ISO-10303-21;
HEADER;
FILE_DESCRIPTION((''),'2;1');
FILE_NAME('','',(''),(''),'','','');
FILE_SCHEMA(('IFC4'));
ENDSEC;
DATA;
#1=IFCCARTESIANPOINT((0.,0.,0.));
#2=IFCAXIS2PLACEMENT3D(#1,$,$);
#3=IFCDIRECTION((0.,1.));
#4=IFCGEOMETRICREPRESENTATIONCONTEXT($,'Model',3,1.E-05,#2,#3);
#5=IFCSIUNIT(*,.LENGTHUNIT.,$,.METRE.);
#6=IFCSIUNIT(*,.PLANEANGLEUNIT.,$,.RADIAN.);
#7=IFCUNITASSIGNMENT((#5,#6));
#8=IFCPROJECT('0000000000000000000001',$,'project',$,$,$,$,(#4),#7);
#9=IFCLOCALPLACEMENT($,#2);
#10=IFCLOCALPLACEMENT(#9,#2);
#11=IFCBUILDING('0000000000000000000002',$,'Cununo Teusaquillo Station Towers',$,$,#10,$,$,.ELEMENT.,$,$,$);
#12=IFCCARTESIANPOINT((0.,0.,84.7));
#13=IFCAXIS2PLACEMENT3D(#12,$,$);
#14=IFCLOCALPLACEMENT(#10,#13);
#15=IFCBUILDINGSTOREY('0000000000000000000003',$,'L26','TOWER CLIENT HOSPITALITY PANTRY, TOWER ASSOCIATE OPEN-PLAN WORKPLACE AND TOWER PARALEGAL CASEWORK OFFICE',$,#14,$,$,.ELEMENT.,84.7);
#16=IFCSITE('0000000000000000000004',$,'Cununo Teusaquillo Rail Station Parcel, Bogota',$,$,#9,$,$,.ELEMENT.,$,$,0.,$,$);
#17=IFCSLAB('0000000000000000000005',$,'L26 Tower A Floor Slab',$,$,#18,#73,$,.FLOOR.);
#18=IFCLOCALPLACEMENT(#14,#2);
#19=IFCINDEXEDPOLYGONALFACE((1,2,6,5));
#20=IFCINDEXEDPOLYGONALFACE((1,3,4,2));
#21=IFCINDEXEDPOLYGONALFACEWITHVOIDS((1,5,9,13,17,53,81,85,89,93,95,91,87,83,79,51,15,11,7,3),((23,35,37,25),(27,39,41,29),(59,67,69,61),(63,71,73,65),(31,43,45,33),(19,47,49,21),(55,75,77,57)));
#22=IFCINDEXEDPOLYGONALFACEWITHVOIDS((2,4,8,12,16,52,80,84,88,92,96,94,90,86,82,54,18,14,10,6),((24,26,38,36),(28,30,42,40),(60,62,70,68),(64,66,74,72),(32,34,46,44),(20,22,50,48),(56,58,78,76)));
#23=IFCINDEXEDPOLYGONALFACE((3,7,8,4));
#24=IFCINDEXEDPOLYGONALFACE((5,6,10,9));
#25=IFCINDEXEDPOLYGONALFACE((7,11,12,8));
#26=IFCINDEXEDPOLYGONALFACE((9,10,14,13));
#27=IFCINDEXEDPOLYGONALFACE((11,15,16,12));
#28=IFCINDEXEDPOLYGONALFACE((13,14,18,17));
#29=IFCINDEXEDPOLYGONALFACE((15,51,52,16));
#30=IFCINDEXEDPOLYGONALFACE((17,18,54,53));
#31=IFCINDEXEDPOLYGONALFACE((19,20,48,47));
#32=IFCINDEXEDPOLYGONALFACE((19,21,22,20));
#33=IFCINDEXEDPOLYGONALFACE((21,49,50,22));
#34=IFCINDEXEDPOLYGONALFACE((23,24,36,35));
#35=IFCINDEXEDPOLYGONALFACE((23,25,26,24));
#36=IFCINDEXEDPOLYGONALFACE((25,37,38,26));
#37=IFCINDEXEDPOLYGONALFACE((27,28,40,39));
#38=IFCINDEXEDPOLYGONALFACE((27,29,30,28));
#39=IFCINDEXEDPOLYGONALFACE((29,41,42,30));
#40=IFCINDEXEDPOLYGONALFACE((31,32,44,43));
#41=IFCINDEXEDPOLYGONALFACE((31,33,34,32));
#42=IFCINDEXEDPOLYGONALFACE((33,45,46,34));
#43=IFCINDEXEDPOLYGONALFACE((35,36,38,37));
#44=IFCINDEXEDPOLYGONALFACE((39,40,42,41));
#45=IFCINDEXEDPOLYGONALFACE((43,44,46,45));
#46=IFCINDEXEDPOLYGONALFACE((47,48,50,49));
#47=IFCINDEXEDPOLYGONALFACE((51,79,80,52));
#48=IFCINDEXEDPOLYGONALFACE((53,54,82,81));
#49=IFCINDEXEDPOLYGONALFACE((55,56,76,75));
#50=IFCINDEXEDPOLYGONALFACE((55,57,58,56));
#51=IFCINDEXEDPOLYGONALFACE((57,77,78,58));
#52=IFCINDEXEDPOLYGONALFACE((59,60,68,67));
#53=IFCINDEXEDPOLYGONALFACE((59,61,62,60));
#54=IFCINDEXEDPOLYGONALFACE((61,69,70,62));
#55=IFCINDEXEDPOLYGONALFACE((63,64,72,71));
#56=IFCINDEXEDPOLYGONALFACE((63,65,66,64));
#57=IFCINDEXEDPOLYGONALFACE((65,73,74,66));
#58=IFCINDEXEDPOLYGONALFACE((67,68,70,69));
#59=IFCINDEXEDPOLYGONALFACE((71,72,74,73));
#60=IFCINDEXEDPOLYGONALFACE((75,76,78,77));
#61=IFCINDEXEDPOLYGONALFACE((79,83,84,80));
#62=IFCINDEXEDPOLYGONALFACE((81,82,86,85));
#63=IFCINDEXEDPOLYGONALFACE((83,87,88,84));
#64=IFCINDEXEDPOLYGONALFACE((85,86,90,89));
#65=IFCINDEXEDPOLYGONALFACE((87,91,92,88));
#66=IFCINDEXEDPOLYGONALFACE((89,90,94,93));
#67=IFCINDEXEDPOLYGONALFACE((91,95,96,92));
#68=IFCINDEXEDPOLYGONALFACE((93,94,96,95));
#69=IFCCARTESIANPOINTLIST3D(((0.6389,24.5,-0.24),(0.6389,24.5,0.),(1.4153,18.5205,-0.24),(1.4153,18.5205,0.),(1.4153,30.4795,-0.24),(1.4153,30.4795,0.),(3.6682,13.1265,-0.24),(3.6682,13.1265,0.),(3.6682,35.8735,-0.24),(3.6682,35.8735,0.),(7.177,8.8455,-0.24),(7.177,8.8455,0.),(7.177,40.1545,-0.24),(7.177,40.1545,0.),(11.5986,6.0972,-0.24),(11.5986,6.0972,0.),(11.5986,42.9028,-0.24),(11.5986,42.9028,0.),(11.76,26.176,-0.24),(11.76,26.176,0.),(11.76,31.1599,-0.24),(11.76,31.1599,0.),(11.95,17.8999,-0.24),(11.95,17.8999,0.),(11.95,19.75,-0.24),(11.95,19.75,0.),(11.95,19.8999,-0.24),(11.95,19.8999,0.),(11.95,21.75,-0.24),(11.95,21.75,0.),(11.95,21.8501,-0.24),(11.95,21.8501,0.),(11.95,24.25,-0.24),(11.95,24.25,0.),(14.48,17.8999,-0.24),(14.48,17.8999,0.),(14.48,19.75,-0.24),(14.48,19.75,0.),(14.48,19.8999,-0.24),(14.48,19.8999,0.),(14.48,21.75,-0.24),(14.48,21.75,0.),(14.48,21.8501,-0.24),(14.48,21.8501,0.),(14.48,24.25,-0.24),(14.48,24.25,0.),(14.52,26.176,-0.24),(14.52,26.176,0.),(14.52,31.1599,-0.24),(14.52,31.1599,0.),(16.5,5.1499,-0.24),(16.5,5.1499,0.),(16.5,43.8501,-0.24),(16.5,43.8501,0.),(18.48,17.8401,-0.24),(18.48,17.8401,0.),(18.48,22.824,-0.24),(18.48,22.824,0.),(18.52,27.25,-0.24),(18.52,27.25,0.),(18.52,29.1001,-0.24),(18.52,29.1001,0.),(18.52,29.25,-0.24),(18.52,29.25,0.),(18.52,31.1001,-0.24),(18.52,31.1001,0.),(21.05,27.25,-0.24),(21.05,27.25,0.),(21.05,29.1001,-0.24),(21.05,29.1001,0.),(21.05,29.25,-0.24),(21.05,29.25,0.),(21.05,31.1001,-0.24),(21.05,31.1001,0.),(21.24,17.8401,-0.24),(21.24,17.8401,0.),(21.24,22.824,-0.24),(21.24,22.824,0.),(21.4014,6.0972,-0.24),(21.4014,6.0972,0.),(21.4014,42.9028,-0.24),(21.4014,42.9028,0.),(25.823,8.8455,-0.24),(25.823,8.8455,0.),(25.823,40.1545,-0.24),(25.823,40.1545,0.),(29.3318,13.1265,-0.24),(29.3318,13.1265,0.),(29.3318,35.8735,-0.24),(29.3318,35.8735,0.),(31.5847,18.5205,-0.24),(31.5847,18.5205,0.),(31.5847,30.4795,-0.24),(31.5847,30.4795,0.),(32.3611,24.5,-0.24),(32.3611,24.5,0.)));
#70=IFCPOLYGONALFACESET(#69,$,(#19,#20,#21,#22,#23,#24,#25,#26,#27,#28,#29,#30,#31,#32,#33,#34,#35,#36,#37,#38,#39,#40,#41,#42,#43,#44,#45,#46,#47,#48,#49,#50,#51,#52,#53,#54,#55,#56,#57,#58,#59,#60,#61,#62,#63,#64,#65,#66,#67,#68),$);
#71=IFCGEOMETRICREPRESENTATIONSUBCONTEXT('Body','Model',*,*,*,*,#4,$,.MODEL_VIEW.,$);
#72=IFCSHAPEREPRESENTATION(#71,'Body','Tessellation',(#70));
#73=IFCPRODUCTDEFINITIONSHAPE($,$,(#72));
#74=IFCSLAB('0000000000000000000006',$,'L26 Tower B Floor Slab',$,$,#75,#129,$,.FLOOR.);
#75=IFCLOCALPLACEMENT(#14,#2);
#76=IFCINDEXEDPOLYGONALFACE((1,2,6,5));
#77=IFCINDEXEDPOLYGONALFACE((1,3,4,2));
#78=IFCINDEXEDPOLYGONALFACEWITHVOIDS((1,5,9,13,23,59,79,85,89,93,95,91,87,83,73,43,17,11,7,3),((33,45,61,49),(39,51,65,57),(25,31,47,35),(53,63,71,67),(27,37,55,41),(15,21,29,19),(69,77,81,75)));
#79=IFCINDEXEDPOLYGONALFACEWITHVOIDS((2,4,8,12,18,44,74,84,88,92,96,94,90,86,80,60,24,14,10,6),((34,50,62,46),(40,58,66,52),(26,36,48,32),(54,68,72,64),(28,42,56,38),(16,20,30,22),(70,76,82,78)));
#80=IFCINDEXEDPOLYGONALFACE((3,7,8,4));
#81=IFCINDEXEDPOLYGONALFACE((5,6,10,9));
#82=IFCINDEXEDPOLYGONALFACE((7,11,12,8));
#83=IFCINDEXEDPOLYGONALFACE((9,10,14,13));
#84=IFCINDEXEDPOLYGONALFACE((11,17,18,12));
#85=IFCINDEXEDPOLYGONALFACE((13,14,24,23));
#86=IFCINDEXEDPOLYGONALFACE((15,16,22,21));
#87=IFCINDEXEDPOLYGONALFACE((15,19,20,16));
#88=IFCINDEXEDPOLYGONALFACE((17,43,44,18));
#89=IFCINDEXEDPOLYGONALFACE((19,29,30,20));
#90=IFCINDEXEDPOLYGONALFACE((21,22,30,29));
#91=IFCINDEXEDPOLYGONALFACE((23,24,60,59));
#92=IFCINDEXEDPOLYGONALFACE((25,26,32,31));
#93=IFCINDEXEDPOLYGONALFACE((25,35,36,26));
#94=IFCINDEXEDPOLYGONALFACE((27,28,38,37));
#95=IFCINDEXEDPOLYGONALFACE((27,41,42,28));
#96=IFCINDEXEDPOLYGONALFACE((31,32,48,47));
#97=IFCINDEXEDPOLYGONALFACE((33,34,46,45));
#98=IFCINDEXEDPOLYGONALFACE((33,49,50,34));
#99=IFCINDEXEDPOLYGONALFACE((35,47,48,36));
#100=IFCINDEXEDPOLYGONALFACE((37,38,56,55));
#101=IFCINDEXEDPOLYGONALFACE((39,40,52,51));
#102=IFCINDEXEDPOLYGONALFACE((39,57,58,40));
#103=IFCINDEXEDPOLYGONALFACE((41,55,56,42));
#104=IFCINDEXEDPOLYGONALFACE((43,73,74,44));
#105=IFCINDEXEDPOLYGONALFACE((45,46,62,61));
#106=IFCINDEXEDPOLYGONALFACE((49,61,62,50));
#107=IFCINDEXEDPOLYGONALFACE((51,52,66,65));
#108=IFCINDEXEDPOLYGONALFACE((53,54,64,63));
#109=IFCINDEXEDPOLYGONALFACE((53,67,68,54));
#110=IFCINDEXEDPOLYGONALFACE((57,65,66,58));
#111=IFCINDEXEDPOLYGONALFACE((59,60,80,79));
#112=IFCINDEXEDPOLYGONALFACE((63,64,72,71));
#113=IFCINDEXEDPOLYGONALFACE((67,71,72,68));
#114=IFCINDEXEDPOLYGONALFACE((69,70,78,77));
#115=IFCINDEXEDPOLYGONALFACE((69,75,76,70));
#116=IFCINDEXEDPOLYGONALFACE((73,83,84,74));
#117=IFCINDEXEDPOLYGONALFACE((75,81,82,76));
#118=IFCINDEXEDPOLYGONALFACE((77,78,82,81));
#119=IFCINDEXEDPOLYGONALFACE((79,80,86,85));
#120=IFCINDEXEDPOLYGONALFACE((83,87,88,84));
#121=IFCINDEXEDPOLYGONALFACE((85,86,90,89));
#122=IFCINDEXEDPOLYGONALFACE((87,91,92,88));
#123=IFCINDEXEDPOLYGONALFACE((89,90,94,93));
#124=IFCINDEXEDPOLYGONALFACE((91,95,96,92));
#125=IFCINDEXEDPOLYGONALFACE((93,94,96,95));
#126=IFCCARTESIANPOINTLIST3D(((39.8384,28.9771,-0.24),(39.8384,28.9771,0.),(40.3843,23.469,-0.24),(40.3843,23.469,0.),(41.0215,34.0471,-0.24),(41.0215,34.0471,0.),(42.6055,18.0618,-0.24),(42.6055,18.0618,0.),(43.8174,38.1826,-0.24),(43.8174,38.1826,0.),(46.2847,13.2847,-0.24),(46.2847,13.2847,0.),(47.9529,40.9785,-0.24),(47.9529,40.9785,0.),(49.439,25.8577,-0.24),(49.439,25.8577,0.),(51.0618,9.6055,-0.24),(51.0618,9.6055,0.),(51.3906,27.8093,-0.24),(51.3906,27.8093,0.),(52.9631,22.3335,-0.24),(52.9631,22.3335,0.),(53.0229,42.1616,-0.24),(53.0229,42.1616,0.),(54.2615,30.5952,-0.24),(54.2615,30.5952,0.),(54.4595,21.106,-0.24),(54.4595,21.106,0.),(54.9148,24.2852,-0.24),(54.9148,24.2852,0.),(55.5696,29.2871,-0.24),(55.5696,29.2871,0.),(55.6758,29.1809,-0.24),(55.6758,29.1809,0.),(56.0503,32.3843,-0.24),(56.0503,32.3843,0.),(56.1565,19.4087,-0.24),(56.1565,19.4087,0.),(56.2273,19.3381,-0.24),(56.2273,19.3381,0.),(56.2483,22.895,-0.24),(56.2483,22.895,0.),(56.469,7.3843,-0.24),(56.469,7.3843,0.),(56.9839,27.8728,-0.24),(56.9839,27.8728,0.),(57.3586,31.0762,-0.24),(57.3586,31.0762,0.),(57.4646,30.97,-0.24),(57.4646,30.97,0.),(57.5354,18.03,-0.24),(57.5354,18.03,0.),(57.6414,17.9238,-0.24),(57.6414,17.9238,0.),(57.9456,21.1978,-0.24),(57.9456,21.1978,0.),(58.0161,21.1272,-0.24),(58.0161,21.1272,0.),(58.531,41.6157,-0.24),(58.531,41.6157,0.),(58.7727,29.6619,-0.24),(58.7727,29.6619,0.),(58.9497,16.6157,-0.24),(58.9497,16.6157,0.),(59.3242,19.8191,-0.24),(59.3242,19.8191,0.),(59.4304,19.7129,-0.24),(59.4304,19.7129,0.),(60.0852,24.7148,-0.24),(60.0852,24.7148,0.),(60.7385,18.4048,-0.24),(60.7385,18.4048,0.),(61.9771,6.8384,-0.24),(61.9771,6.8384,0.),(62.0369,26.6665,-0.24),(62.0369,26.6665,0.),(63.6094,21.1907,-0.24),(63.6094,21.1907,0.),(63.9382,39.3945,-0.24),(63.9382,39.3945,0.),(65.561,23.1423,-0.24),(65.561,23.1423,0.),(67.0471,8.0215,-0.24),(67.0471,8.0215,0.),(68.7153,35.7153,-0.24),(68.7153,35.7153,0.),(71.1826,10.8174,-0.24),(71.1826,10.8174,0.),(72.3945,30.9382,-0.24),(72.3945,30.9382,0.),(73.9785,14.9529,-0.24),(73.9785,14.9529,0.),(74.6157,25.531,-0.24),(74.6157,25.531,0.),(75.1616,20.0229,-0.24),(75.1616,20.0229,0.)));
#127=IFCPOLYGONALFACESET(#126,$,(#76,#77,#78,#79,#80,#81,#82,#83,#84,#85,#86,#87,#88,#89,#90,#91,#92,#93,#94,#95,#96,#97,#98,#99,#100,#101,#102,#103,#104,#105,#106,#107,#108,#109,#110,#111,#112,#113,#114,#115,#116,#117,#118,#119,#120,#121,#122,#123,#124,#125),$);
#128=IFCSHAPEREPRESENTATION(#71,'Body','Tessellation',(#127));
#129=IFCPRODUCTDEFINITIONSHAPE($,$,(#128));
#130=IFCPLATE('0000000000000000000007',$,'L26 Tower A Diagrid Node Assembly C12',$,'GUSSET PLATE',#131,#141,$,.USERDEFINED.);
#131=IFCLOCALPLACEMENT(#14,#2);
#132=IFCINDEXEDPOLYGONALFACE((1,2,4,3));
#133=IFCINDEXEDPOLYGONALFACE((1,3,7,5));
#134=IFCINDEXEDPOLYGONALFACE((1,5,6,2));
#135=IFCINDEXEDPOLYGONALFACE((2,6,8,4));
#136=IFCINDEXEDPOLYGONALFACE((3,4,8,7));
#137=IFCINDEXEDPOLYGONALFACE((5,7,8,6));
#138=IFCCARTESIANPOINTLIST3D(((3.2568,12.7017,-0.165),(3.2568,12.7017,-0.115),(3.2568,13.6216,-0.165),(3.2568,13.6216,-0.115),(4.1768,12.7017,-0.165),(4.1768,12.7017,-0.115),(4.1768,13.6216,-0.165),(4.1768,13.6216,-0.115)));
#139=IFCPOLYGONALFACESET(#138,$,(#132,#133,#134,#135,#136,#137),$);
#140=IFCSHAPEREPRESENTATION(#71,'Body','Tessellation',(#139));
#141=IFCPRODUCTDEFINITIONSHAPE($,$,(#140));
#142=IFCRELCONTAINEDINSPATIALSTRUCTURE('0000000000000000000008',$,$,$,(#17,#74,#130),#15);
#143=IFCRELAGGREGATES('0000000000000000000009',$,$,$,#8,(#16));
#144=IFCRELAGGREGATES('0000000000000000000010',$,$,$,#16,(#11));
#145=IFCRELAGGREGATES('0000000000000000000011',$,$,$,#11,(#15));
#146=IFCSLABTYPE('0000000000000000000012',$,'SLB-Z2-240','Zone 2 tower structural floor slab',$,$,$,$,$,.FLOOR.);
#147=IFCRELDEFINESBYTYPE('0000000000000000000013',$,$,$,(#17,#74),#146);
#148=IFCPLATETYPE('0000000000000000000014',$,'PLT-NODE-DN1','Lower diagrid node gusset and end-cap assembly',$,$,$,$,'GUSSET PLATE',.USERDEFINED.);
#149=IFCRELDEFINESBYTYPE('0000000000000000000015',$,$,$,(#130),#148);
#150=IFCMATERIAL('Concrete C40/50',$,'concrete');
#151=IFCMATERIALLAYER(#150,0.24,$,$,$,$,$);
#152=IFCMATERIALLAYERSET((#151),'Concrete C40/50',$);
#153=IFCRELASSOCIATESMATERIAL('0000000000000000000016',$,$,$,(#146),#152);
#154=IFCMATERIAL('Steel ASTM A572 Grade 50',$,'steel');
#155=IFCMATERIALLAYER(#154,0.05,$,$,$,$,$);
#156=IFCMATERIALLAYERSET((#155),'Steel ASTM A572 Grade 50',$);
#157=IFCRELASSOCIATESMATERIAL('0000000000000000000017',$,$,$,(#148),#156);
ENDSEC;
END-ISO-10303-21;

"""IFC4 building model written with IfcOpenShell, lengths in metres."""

from ifc_helpers import new_model, si_unit, direction, frame, origin, origin_2d, place, context, subcontext, project, spatial, polyline, rectangle, outline, extrude, source, transform, mapped, material, layer, layer_set, type_object, element, save


model = new_model("IFC4")

# Units and contexts
model_context = context("Model", 3, precision=1e-05, world=origin(), true_north=direction((0.0, 1.0)))
body_context = subcontext(model_context, "Body", "Model", "MODEL_VIEW")
ifc_project = project(units=[si_unit("LENGTHUNIT", "METRE"), si_unit("PLANEANGLEUNIT", "RADIAN")], contexts=[model_context])

# Site, building, storey
site_placement = place(None, origin())
site = spatial("IfcSite", under=ifc_project, at=site_placement, Name="Cununo Teusaquillo Rail Station Parcel, Bogota", CompositionType="ELEMENT", RefElevation=0.0)
building_placement = place(site_placement, origin())
building = spatial("IfcBuilding", under=site, at=building_placement, Name="Cununo Teusaquillo Station Towers", CompositionType="ELEMENT")
storey_placement = place(building_placement, frame((0.0, 0.0, 84.7)))
storey = spatial("IfcBuildingStorey", under=building, at=storey_placement, Name="L26", Description="TOWER CLIENT HOSPITALITY PANTRY, TOWER ASSOCIATE OPEN-PLAN WORKPLACE AND TOWER PARALEGAL CASEWORK OFFICE", CompositionType="ELEMENT", Elevation=84.7)

# Slabs
ifc_material_1 = material(Name="Concrete C40/50", Category="concrete")
ifc_layer_1 = layer(ifc_material_1, 0.24)
ifc_layer_set_1 = layer_set([ifc_layer_1], Name="Concrete C40/50")
slab_type_1 = type_object("IfcSlabType", Name="SLB-Z2-240", Description="Zone 2 tower structural floor slab", PredefinedType="FLOOR", material=ifc_layer_set_1)
slab_1_placement = place(storey_placement, frame((0.0, 0.0, -0.24)))
element("IfcSlab", 1, at=slab_1_placement, inside=storey, type_object=slab_type_1, Name="L26 Tower A Floor Slab", PredefinedType="FLOOR", context=body_context, shape_type="SweptSolid", body=[
    extrude(outline(polyline([(32.3611, 24.5), (31.5847, 30.4795), (29.3318, 35.8735), (25.823, 40.1545), (21.4014, 42.9028), (16.5, 43.8501), (11.5986, 42.9028), (7.177, 40.1545), (3.6682, 35.8735), (1.4153, 30.4795), (0.6389, 24.5), (1.4153, 18.5205), (3.6682, 13.1265), (7.177, 8.8455), (11.5986, 6.0972), (16.5, 5.1499), (21.4014, 6.0972), (25.823, 8.8455), (29.3318, 13.1265), (31.5847, 18.5205), (32.3611, 24.5)]), holes=[polyline([(14.52, 26.176), (14.52, 31.1599), (11.76, 31.1599), (11.76, 26.176), (14.52, 26.176)]), polyline([(18.48, 22.824), (18.48, 17.8401), (21.24, 17.8401), (21.24, 22.824), (18.48, 22.824)]), polyline([(11.95, 21.8501), (14.48, 21.8501), (14.48, 24.25), (11.95, 24.25), (11.95, 21.8501)]), polyline([(11.95, 17.8999), (14.48, 17.8999), (14.48, 19.75), (11.95, 19.75), (11.95, 17.8999)]), polyline([(11.95, 19.8999), (14.48, 19.8999), (14.48, 21.75), (11.95, 21.75), (11.95, 19.8999)]), polyline([(18.52, 27.25), (21.05, 27.25), (21.05, 29.1001), (18.52, 29.1001), (18.52, 27.25)]), polyline([(18.52, 29.25), (21.05, 29.25), (21.05, 31.1001), (18.52, 31.1001), (18.52, 29.25)])]), origin(), (0.0, 0.0, 1.0), 0.24),
])
slab_2_placement = place(storey_placement, frame((0.0, 0.0, -0.24)))
element("IfcSlab", 2, at=slab_2_placement, inside=storey, type_object=slab_type_1, Name="L26 Tower B Floor Slab", PredefinedType="FLOOR", context=body_context, shape_type="SweptSolid", body=[
    extrude(outline(polyline([(68.7153, 35.7153), (63.9382, 39.3945), (58.531, 41.6157), (53.0229, 42.1616), (47.9529, 40.9785), (43.8174, 38.1826), (41.0215, 34.0471), (39.8384, 28.9771), (40.3843, 23.469), (42.6055, 18.0618), (46.2847, 13.2847), (51.0618, 9.6055), (56.469, 7.3843), (61.9771, 6.8384), (67.0471, 8.0215), (71.1826, 10.8174), (73.9785, 14.9529), (75.1616, 20.0229), (74.6157, 25.531), (72.3945, 30.9382), (68.7153, 35.7153)]), holes=[polyline([(54.9148, 24.2852), (51.3906, 27.8093), (49.439, 25.8577), (52.9631, 22.3335), (54.9148, 24.2852)]), polyline([(60.0852, 24.7148), (63.6094, 21.1907), (65.561, 23.1423), (62.0369, 26.6665), (60.0852, 24.7148)]), polyline([(56.1565, 19.4087), (57.9456, 21.1978), (56.2483, 22.895), (54.4595, 21.106), (56.1565, 19.4087)]), polyline([(58.9497, 16.6157), (60.7385, 18.4048), (59.4304, 19.7129), (57.6414, 17.9238), (58.9497, 16.6157)]), polyline([(57.5354, 18.03), (59.3242, 19.8191), (58.0161, 21.1272), (56.2273, 19.3381), (57.5354, 18.03)]), polyline([(56.9839, 27.8728), (58.7727, 29.6619), (57.4646, 30.97), (55.6758, 29.1809), (56.9839, 27.8728)]), polyline([(55.5696, 29.2871), (57.3586, 31.0762), (56.0503, 32.3843), (54.2615, 30.5952), (55.5696, 29.2871)])]), origin(), (0.0, 0.0, 1.0), 0.24),
])

# Plate
ifc_material_2 = material(Name="Steel ASTM A572 Grade 50", Category="steel")
ifc_layer_2 = layer(ifc_material_2, 0.05)
ifc_layer_set_2 = layer_set([ifc_layer_2], Name="Steel ASTM A572 Grade 50")
plate_type = type_object("IfcPlateType", Name="PLT-NODE-DN1", Description="Lower diagrid node gusset and end-cap assembly", ElementType="GUSSET PLATE", PredefinedType="USERDEFINED", material=ifc_layer_set_2)
shared_shape_1 = source(origin(), body_context, "Body", "SweptSolid", [
    extrude(rectangle(XDim=0.9199, YDim=0.9199, at=origin_2d()), origin(), (0.0, 0.0, 1.0), 0.05),
])
plate_placement = place(storey_placement, frame((3.7168, 13.1616, -0.165), z_axis=(0.0, 0.0, 1.0), x_axis=(1.0, 0.0, 0.0)))
element("IfcPlate", 3, at=plate_placement, inside=storey, type_object=plate_type, Name="L26 Tower A Diagrid Node Assembly C12", ObjectType="GUSSET PLATE", PredefinedType="USERDEFINED", context=body_context, shape_type="MappedRepresentation", body=[
    mapped(shared_shape_1, transform((0.0, 0.0, 0.0), x_axis=(1.0, 0.0, 0.0), y_axis=(0.0, 1.0, 0.0), z_axis=(0.0, 0.0, 1.0), scale=1.0)),
])

save(model, "model.ifc")
